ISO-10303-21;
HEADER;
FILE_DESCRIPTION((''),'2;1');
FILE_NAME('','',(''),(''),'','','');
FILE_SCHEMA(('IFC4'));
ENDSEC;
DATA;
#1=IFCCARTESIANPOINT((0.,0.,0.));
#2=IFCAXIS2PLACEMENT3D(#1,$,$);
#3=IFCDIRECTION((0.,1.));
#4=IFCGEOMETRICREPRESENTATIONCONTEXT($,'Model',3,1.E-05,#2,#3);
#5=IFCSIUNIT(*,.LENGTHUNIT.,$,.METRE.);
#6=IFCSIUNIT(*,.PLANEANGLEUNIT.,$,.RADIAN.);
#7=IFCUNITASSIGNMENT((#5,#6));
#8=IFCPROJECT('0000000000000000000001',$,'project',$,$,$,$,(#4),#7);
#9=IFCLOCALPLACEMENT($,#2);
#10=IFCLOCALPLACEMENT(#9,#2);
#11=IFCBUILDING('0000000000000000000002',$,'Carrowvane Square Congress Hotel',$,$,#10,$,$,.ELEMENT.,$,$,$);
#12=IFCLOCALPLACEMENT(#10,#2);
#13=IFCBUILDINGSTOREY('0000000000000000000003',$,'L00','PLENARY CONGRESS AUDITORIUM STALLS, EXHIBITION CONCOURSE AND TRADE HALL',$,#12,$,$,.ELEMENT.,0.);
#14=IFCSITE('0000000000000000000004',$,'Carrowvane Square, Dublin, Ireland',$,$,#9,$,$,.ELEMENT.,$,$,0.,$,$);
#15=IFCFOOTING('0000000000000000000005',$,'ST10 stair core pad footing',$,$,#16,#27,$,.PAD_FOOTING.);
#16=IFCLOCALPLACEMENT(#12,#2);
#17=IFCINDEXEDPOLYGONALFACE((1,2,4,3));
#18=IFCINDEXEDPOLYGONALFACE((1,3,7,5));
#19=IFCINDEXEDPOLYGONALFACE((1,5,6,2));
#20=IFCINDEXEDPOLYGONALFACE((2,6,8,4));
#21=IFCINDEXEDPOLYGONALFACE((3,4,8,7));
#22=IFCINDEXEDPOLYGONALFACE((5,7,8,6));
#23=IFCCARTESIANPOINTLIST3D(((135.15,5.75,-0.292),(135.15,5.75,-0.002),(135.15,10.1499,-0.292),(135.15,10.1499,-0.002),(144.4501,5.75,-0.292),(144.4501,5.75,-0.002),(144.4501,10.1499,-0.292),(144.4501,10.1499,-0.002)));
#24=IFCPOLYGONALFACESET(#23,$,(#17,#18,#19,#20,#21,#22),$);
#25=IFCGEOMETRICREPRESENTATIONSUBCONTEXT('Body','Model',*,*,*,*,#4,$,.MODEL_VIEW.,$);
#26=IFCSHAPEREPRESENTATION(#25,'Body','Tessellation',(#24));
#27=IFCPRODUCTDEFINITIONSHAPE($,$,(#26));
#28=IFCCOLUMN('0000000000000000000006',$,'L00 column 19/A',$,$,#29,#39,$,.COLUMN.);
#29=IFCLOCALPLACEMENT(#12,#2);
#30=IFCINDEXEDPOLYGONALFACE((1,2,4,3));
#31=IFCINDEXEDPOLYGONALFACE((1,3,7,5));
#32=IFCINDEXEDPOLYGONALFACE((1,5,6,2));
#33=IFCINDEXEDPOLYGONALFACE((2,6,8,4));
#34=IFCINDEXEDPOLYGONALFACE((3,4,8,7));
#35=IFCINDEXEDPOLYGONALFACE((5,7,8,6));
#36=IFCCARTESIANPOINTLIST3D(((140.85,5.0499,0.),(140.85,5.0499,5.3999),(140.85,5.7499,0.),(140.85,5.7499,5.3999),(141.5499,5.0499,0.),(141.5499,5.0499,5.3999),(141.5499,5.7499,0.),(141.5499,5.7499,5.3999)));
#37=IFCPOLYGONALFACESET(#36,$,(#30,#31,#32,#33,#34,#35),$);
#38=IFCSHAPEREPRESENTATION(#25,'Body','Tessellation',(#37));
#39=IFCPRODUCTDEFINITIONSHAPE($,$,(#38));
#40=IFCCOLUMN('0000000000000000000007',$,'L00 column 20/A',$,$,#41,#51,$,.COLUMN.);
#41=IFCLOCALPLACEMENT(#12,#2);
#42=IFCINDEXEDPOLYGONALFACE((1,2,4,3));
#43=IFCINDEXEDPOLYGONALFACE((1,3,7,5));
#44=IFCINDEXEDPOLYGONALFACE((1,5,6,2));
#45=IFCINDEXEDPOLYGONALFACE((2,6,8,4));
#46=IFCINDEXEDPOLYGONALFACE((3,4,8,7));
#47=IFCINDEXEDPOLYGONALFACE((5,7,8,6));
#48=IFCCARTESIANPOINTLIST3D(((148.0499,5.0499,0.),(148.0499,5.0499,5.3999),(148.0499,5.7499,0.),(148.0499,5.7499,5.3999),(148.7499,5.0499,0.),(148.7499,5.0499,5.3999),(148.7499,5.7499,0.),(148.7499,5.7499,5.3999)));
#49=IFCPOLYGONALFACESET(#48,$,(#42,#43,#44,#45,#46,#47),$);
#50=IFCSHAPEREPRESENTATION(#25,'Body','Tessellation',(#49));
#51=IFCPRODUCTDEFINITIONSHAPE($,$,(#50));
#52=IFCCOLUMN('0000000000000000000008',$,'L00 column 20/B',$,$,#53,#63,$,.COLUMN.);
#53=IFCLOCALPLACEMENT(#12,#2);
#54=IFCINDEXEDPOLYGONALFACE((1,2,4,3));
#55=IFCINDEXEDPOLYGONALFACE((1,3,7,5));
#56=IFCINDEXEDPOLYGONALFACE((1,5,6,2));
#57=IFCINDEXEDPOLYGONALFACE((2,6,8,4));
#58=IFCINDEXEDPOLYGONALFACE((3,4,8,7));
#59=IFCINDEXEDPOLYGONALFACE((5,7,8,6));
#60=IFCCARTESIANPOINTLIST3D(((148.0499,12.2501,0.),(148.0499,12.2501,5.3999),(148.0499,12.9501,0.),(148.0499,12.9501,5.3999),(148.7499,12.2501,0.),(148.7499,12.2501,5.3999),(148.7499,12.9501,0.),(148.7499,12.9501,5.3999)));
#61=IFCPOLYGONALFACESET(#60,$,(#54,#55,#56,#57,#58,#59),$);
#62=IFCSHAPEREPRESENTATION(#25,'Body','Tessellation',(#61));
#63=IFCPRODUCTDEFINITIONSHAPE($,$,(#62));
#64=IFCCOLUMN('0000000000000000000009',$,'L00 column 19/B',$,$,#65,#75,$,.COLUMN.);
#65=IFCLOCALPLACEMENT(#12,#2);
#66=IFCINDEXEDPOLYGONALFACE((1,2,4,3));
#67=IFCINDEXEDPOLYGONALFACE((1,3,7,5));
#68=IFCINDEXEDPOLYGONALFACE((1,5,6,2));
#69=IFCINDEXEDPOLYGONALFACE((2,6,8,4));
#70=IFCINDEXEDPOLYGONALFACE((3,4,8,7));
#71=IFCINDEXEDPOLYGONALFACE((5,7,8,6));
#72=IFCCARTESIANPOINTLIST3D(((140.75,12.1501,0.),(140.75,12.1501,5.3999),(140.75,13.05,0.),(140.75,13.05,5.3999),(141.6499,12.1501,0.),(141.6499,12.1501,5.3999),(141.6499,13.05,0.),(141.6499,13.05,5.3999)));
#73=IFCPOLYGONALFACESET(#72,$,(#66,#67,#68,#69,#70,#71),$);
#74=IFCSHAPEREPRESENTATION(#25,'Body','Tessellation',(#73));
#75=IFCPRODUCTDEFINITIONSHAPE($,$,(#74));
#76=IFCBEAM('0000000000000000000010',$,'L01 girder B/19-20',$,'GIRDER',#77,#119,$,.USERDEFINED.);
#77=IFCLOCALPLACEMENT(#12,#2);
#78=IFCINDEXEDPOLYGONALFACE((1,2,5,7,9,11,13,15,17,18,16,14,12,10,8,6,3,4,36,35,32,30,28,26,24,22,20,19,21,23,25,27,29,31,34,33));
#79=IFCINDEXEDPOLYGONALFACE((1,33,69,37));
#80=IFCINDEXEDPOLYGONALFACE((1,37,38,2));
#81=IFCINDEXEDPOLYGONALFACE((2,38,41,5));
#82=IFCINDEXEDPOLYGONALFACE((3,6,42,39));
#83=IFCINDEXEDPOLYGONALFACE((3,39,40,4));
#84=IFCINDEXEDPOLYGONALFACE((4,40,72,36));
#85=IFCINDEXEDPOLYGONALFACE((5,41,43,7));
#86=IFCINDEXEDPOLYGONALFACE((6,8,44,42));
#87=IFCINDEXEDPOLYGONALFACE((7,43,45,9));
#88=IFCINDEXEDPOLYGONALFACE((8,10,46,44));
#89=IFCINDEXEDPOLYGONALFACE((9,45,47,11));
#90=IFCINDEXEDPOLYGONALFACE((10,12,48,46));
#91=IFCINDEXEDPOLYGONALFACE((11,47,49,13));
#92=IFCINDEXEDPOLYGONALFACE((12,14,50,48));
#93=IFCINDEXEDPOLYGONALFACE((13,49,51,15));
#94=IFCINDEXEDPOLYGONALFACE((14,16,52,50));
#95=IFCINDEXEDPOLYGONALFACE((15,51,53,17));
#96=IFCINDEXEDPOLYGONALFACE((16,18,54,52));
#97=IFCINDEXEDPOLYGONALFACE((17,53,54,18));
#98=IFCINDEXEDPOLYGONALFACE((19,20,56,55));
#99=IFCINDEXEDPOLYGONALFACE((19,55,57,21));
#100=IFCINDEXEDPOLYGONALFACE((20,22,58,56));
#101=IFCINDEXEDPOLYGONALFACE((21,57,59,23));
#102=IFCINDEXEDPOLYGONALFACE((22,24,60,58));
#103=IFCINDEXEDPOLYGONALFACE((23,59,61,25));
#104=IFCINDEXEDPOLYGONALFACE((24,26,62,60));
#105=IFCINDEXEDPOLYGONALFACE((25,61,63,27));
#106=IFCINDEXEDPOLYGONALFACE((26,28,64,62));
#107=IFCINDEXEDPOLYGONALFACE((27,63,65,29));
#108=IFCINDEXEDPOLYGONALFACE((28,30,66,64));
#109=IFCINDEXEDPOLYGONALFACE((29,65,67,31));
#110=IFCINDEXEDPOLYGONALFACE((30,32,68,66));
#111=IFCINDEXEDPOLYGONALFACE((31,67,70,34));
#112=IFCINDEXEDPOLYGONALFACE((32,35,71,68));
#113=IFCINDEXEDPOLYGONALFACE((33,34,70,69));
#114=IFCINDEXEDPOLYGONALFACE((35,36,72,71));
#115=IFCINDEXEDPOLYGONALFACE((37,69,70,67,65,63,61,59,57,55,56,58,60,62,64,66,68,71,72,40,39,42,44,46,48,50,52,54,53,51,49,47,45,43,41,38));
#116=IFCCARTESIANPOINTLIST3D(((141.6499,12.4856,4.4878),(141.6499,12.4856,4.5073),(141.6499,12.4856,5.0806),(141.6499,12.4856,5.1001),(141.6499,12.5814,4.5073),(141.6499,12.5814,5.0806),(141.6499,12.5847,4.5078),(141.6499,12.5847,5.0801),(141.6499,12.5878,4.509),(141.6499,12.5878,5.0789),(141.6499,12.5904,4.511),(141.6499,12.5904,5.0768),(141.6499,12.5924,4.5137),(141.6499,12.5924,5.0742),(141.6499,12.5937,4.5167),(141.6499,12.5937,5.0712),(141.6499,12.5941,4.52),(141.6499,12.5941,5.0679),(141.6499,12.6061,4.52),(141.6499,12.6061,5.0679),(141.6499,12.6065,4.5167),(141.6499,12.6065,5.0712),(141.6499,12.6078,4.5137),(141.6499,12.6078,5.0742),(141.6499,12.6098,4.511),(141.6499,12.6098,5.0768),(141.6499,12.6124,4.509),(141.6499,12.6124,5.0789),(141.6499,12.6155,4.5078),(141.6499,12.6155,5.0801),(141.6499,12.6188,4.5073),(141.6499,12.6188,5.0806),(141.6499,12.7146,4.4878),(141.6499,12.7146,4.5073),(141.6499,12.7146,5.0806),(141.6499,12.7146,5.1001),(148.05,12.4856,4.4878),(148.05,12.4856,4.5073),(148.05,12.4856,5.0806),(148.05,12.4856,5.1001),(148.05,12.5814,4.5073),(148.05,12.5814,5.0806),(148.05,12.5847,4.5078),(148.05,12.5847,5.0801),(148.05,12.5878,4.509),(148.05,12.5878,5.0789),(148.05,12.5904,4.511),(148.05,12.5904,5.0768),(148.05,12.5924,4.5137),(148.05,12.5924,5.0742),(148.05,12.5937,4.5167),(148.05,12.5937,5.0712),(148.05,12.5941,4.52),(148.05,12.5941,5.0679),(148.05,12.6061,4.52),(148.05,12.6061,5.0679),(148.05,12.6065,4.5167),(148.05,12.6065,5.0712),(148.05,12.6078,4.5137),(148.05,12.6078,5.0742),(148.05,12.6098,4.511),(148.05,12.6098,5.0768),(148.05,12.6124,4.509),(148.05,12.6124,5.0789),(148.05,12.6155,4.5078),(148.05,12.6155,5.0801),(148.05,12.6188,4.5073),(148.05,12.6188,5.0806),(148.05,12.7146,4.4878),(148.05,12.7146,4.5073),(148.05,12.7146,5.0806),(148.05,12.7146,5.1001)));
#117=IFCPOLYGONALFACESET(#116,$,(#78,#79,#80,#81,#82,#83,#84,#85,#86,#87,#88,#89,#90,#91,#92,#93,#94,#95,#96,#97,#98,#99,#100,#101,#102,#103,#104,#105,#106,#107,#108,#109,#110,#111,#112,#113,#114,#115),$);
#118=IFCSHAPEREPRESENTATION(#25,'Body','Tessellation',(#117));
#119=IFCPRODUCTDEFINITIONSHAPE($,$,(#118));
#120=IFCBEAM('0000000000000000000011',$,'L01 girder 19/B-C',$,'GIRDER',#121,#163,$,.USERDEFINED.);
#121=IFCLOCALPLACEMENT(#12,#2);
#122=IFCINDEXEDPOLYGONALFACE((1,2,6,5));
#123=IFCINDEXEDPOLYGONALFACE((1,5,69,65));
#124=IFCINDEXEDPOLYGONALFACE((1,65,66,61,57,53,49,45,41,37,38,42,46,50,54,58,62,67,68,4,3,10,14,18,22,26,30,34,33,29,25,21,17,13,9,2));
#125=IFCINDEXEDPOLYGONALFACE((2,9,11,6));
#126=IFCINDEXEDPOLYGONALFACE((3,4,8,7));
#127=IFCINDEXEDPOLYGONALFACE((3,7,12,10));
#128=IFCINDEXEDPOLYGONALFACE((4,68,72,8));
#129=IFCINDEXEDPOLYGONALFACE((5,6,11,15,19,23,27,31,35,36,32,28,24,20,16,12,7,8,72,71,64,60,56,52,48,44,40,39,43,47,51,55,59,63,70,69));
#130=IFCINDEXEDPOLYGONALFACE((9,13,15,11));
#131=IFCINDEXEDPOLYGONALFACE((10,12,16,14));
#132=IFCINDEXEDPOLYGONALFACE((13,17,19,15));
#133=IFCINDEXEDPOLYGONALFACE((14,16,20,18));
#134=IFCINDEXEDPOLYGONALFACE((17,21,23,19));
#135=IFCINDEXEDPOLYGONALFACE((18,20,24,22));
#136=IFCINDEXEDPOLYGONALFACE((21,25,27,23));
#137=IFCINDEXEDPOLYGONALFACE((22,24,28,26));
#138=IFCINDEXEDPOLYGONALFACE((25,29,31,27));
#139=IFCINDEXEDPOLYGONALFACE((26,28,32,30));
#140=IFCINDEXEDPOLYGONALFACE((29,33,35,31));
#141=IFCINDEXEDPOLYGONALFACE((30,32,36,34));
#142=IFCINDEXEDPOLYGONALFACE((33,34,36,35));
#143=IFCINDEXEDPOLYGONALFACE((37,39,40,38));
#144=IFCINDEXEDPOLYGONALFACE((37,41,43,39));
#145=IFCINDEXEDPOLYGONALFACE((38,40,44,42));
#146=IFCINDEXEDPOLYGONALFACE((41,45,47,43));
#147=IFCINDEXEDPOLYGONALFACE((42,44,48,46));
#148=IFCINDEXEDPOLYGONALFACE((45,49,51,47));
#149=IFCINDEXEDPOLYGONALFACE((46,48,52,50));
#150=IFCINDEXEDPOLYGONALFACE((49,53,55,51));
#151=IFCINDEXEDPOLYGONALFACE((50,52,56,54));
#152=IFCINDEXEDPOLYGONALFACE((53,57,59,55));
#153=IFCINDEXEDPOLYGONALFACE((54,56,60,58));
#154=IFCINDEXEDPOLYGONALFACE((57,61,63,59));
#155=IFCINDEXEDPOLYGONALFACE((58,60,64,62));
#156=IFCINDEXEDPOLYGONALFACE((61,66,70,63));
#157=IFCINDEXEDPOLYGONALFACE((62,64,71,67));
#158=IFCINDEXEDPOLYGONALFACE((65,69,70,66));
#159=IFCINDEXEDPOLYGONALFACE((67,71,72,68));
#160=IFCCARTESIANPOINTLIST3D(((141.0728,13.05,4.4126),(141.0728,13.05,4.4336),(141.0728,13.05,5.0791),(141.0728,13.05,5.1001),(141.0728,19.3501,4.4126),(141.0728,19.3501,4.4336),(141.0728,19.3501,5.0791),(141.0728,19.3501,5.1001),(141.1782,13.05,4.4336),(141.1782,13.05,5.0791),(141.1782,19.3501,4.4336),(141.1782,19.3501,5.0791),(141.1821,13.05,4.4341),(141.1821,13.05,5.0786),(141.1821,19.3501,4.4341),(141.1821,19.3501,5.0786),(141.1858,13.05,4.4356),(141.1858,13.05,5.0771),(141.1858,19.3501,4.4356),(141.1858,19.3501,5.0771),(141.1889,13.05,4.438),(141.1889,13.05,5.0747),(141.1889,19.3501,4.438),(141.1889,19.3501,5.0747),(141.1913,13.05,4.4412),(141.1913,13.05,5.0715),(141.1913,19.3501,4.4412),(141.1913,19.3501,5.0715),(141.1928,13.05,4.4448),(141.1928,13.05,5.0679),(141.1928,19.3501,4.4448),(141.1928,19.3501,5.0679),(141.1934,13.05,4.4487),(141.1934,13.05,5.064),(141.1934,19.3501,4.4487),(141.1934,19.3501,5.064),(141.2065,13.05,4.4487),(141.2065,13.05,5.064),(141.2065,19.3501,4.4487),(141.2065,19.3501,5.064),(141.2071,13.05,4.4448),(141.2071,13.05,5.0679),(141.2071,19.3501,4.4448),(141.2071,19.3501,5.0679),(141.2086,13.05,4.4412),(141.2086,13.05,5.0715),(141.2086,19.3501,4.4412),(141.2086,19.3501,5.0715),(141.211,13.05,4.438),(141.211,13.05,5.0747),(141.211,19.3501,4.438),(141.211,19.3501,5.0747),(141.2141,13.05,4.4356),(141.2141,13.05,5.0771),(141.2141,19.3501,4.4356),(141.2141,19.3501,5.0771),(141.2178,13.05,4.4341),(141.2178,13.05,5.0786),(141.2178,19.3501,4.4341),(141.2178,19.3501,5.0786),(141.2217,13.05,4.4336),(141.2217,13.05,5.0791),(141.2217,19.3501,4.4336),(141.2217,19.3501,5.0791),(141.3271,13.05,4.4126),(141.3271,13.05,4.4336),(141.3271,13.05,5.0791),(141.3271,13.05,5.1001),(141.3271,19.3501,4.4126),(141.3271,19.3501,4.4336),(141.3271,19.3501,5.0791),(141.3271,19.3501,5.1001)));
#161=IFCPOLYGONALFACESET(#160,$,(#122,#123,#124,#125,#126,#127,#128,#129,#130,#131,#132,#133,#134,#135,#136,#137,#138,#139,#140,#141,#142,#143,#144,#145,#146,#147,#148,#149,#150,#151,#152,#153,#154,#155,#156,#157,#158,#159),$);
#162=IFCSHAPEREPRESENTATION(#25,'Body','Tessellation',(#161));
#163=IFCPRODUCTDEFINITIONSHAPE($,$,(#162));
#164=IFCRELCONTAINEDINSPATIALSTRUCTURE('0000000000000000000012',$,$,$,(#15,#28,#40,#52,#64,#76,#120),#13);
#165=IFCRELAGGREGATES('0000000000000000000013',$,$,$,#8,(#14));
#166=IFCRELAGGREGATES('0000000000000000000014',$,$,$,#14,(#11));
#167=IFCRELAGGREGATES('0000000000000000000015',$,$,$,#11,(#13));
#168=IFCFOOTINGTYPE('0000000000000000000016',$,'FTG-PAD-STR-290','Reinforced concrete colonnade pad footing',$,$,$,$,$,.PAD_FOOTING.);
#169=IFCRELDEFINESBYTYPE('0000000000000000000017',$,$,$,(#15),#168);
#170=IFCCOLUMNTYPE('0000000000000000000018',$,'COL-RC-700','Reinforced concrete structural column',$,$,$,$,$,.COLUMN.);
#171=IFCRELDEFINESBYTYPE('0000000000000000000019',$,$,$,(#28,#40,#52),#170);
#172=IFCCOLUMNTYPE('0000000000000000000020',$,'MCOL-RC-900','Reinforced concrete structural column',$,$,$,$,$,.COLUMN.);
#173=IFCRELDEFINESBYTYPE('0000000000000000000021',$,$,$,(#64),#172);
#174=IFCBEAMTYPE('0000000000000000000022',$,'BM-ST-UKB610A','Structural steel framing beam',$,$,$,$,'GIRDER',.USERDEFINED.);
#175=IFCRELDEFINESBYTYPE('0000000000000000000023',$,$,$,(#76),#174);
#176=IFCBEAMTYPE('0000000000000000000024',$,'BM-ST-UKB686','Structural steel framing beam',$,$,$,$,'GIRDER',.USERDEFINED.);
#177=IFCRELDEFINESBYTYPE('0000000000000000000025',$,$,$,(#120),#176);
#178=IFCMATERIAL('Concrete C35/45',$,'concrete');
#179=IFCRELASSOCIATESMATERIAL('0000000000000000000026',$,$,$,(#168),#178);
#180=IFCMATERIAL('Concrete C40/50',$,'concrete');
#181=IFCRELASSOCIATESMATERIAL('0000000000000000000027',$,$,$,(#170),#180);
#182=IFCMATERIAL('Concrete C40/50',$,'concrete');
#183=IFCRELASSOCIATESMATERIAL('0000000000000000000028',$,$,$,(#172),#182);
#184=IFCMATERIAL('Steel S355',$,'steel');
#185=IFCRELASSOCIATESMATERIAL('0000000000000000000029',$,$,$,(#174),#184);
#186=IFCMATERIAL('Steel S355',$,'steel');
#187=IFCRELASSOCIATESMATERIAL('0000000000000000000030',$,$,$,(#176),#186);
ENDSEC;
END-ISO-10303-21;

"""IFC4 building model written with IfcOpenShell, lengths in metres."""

from ifc_helpers import new_model, si_unit, direction, frame, origin, origin_2d, place, context, subcontext, project, spatial, rectangle, i_section, extrude, material, material_profile, profile_set, type_object, element, save


model = new_model("IFC4")

# Units and contexts
model_context = context("Model", 3, precision=1e-05, world=origin(), true_north=direction((0.0, 1.0)))
body_context = subcontext(model_context, "Body", "Model", "MODEL_VIEW")
ifc_project = project(units=[si_unit("LENGTHUNIT", "METRE"), si_unit("PLANEANGLEUNIT", "RADIAN")], contexts=[model_context])

# Site, building, storey
site_placement = place(None, origin())
site = spatial("IfcSite", under=ifc_project, at=site_placement, Name="Carrowvane Square, Dublin, Ireland", CompositionType="ELEMENT", RefElevation=0.0)
building_placement = place(site_placement, origin())
building = spatial("IfcBuilding", under=site, at=building_placement, Name="Carrowvane Square Congress Hotel", CompositionType="ELEMENT")
storey_placement = place(building_placement, origin())
storey = spatial("IfcBuildingStorey", under=building, at=storey_placement, Name="L00", Description="PLENARY CONGRESS AUDITORIUM STALLS, EXHIBITION CONCOURSE AND TRADE HALL", CompositionType="ELEMENT", Elevation=0.0)

# Footing
ifc_material_1 = material(Name="Concrete C35/45", Category="concrete")
footing_type = type_object("IfcFootingType", Name="FTG-PAD-STR-290", Description="Reinforced concrete colonnade pad footing", PredefinedType="PAD_FOOTING", material=ifc_material_1)
footing_placement = place(storey_placement, frame((139.8, 7.95, -0.292), z_axis=(0.0, 0.0, 1.0), x_axis=(1.0, 0.0, 0.0)))
element("IfcFooting", 1, at=footing_placement, inside=storey, type_object=footing_type, Name="ST10 stair core pad footing", PredefinedType="PAD_FOOTING", context=body_context, shape_type="SweptSolid", body=[
    extrude(rectangle(XDim=9.3, YDim=4.3999, at=origin_2d()), origin(), (0.0, 0.0, 1.0), 0.29),
])

# Columns
ifc_material_2 = material(Name="Concrete C40/50", Category="concrete")
ifc_material_profile_1 = material_profile(ifc_material_2, rectangle(XDim=0.7, YDim=0.7, at=origin_2d()), Name="RC 700x700")
ifc_profile_set_1 = profile_set([ifc_material_profile_1], Name="Concrete C40/50")
column_type_1 = type_object("IfcColumnType", Name="COL-RC-700", Description="Reinforced concrete structural column", PredefinedType="COLUMN", material=ifc_profile_set_1)
for number, where, z_axis, x_axis, name in (
    (2, (141.2, 5.3999, 0.0), (0.0, 0.0, 1.0), (1.0, 0.0, 0.0), "L00 column 19/A"),
    (3, (148.3999, 5.3999, 0.0), (0.0, 0.0, 1.0), (1.0, 0.0, 0.0), "L00 column 20/A"),
    (4, (148.3999, 12.6001, 0.0), (0.0, 0.0, 1.0), (1.0, 0.0, 0.0), "L00 column 20/B"),
):
    element("IfcColumn", number, at=place(storey_placement, frame(where, z_axis=z_axis, x_axis=x_axis)), inside=storey, type_object=column_type_1, Name=name, PredefinedType="COLUMN", context=body_context, shape_type="SweptSolid", body=[
        extrude(rectangle(XDim=0.7, YDim=0.7, at=origin_2d()), origin(), (0.0, 0.0, 1.0), 5.3999),
    ])
ifc_material_3 = material(Name="Concrete C40/50", Category="concrete")
ifc_material_profile_2 = material_profile(ifc_material_3, rectangle(XDim=0.8999, YDim=0.8999, at=origin_2d()), Name="RC 900x900")
ifc_profile_set_2 = profile_set([ifc_material_profile_2], Name="Concrete C40/50")
column_type_2 = type_object("IfcColumnType", Name="MCOL-RC-900", Description="Reinforced concrete structural column", PredefinedType="COLUMN", material=ifc_profile_set_2)
column_placement = place(storey_placement, frame((141.2, 12.6001, 0.0), z_axis=(0.0, 0.0, 1.0), x_axis=(1.0, 0.0, 0.0)))
element("IfcColumn", 5, at=column_placement, inside=storey, type_object=column_type_2, Name="L00 column 19/B", PredefinedType="COLUMN", context=body_context, shape_type="SweptSolid", body=[
    extrude(rectangle(XDim=0.8999, YDim=0.8999, at=origin_2d()), origin(), (0.0, 0.0, 1.0), 5.3999),
])

# Beams
ifc_material_4 = material(Name="Steel S355", Category="steel")
ifc_material_profile_3 = material_profile(ifc_material_4, i_section(OverallWidth=0.229, OverallDepth=0.6123, WebThickness=0.012, FlangeThickness=0.0195, FilletRadius=0.0127, at=origin_2d()), Name="UKB 610x229x125")
ifc_profile_set_3 = profile_set([ifc_material_profile_3], Name="Steel S355")
beam_type_1 = type_object("IfcBeamType", Name="BM-ST-UKB610A", Description="Structural steel framing beam", ElementType="GIRDER", PredefinedType="USERDEFINED", material=ifc_profile_set_3)
beam_1_placement = place(storey_placement, frame((141.6499, 12.6001, 4.7939), z_axis=(1.0, 0.0, 0.0), x_axis=(0.0, 1.0, 0.0)))
element("IfcBeam", 6, at=beam_1_placement, inside=storey, type_object=beam_type_1, Name="L01 girder B/19-20", ObjectType="GIRDER", PredefinedType="USERDEFINED", context=body_context, shape_type="SweptSolid", body=[
    extrude(i_section(OverallWidth=0.229, OverallDepth=0.6123, WebThickness=0.012, FlangeThickness=0.0195, FilletRadius=0.0127, at=origin_2d()), origin(), (0.0, 0.0, 1.0), 6.4001),
])
ifc_material_5 = material(Name="Steel S355", Category="steel")
ifc_material_profile_4 = material_profile(ifc_material_5, i_section(OverallWidth=0.2544, OverallDepth=0.6875, WebThickness=0.0132, FlangeThickness=0.021, FilletRadius=0.0151, at=origin_2d()), Name="UKB 686x254x152")
ifc_profile_set_4 = profile_set([ifc_material_profile_4], Name="Steel S355")
beam_type_2 = type_object("IfcBeamType", Name="BM-ST-UKB686", Description="Structural steel framing beam", ElementType="GIRDER", PredefinedType="USERDEFINED", material=ifc_profile_set_4)
beam_2_placement = place(storey_placement, frame((141.2, 13.05, 4.7563), z_axis=(0.0, 1.0, 0.0), x_axis=(-1.0, 0.0, 0.0)))
element("IfcBeam", 7, at=beam_2_placement, inside=storey, type_object=beam_type_2, Name="L01 girder 19/B-C", ObjectType="GIRDER", PredefinedType="USERDEFINED", context=body_context, shape_type="SweptSolid", body=[
    extrude(i_section(OverallWidth=0.2544, OverallDepth=0.6875, WebThickness=0.0132, FlangeThickness=0.021, FilletRadius=0.0151, at=origin_2d()), origin(), (0.0, 0.0, 1.0), 6.3),
])

save(model, "model.ifc")
